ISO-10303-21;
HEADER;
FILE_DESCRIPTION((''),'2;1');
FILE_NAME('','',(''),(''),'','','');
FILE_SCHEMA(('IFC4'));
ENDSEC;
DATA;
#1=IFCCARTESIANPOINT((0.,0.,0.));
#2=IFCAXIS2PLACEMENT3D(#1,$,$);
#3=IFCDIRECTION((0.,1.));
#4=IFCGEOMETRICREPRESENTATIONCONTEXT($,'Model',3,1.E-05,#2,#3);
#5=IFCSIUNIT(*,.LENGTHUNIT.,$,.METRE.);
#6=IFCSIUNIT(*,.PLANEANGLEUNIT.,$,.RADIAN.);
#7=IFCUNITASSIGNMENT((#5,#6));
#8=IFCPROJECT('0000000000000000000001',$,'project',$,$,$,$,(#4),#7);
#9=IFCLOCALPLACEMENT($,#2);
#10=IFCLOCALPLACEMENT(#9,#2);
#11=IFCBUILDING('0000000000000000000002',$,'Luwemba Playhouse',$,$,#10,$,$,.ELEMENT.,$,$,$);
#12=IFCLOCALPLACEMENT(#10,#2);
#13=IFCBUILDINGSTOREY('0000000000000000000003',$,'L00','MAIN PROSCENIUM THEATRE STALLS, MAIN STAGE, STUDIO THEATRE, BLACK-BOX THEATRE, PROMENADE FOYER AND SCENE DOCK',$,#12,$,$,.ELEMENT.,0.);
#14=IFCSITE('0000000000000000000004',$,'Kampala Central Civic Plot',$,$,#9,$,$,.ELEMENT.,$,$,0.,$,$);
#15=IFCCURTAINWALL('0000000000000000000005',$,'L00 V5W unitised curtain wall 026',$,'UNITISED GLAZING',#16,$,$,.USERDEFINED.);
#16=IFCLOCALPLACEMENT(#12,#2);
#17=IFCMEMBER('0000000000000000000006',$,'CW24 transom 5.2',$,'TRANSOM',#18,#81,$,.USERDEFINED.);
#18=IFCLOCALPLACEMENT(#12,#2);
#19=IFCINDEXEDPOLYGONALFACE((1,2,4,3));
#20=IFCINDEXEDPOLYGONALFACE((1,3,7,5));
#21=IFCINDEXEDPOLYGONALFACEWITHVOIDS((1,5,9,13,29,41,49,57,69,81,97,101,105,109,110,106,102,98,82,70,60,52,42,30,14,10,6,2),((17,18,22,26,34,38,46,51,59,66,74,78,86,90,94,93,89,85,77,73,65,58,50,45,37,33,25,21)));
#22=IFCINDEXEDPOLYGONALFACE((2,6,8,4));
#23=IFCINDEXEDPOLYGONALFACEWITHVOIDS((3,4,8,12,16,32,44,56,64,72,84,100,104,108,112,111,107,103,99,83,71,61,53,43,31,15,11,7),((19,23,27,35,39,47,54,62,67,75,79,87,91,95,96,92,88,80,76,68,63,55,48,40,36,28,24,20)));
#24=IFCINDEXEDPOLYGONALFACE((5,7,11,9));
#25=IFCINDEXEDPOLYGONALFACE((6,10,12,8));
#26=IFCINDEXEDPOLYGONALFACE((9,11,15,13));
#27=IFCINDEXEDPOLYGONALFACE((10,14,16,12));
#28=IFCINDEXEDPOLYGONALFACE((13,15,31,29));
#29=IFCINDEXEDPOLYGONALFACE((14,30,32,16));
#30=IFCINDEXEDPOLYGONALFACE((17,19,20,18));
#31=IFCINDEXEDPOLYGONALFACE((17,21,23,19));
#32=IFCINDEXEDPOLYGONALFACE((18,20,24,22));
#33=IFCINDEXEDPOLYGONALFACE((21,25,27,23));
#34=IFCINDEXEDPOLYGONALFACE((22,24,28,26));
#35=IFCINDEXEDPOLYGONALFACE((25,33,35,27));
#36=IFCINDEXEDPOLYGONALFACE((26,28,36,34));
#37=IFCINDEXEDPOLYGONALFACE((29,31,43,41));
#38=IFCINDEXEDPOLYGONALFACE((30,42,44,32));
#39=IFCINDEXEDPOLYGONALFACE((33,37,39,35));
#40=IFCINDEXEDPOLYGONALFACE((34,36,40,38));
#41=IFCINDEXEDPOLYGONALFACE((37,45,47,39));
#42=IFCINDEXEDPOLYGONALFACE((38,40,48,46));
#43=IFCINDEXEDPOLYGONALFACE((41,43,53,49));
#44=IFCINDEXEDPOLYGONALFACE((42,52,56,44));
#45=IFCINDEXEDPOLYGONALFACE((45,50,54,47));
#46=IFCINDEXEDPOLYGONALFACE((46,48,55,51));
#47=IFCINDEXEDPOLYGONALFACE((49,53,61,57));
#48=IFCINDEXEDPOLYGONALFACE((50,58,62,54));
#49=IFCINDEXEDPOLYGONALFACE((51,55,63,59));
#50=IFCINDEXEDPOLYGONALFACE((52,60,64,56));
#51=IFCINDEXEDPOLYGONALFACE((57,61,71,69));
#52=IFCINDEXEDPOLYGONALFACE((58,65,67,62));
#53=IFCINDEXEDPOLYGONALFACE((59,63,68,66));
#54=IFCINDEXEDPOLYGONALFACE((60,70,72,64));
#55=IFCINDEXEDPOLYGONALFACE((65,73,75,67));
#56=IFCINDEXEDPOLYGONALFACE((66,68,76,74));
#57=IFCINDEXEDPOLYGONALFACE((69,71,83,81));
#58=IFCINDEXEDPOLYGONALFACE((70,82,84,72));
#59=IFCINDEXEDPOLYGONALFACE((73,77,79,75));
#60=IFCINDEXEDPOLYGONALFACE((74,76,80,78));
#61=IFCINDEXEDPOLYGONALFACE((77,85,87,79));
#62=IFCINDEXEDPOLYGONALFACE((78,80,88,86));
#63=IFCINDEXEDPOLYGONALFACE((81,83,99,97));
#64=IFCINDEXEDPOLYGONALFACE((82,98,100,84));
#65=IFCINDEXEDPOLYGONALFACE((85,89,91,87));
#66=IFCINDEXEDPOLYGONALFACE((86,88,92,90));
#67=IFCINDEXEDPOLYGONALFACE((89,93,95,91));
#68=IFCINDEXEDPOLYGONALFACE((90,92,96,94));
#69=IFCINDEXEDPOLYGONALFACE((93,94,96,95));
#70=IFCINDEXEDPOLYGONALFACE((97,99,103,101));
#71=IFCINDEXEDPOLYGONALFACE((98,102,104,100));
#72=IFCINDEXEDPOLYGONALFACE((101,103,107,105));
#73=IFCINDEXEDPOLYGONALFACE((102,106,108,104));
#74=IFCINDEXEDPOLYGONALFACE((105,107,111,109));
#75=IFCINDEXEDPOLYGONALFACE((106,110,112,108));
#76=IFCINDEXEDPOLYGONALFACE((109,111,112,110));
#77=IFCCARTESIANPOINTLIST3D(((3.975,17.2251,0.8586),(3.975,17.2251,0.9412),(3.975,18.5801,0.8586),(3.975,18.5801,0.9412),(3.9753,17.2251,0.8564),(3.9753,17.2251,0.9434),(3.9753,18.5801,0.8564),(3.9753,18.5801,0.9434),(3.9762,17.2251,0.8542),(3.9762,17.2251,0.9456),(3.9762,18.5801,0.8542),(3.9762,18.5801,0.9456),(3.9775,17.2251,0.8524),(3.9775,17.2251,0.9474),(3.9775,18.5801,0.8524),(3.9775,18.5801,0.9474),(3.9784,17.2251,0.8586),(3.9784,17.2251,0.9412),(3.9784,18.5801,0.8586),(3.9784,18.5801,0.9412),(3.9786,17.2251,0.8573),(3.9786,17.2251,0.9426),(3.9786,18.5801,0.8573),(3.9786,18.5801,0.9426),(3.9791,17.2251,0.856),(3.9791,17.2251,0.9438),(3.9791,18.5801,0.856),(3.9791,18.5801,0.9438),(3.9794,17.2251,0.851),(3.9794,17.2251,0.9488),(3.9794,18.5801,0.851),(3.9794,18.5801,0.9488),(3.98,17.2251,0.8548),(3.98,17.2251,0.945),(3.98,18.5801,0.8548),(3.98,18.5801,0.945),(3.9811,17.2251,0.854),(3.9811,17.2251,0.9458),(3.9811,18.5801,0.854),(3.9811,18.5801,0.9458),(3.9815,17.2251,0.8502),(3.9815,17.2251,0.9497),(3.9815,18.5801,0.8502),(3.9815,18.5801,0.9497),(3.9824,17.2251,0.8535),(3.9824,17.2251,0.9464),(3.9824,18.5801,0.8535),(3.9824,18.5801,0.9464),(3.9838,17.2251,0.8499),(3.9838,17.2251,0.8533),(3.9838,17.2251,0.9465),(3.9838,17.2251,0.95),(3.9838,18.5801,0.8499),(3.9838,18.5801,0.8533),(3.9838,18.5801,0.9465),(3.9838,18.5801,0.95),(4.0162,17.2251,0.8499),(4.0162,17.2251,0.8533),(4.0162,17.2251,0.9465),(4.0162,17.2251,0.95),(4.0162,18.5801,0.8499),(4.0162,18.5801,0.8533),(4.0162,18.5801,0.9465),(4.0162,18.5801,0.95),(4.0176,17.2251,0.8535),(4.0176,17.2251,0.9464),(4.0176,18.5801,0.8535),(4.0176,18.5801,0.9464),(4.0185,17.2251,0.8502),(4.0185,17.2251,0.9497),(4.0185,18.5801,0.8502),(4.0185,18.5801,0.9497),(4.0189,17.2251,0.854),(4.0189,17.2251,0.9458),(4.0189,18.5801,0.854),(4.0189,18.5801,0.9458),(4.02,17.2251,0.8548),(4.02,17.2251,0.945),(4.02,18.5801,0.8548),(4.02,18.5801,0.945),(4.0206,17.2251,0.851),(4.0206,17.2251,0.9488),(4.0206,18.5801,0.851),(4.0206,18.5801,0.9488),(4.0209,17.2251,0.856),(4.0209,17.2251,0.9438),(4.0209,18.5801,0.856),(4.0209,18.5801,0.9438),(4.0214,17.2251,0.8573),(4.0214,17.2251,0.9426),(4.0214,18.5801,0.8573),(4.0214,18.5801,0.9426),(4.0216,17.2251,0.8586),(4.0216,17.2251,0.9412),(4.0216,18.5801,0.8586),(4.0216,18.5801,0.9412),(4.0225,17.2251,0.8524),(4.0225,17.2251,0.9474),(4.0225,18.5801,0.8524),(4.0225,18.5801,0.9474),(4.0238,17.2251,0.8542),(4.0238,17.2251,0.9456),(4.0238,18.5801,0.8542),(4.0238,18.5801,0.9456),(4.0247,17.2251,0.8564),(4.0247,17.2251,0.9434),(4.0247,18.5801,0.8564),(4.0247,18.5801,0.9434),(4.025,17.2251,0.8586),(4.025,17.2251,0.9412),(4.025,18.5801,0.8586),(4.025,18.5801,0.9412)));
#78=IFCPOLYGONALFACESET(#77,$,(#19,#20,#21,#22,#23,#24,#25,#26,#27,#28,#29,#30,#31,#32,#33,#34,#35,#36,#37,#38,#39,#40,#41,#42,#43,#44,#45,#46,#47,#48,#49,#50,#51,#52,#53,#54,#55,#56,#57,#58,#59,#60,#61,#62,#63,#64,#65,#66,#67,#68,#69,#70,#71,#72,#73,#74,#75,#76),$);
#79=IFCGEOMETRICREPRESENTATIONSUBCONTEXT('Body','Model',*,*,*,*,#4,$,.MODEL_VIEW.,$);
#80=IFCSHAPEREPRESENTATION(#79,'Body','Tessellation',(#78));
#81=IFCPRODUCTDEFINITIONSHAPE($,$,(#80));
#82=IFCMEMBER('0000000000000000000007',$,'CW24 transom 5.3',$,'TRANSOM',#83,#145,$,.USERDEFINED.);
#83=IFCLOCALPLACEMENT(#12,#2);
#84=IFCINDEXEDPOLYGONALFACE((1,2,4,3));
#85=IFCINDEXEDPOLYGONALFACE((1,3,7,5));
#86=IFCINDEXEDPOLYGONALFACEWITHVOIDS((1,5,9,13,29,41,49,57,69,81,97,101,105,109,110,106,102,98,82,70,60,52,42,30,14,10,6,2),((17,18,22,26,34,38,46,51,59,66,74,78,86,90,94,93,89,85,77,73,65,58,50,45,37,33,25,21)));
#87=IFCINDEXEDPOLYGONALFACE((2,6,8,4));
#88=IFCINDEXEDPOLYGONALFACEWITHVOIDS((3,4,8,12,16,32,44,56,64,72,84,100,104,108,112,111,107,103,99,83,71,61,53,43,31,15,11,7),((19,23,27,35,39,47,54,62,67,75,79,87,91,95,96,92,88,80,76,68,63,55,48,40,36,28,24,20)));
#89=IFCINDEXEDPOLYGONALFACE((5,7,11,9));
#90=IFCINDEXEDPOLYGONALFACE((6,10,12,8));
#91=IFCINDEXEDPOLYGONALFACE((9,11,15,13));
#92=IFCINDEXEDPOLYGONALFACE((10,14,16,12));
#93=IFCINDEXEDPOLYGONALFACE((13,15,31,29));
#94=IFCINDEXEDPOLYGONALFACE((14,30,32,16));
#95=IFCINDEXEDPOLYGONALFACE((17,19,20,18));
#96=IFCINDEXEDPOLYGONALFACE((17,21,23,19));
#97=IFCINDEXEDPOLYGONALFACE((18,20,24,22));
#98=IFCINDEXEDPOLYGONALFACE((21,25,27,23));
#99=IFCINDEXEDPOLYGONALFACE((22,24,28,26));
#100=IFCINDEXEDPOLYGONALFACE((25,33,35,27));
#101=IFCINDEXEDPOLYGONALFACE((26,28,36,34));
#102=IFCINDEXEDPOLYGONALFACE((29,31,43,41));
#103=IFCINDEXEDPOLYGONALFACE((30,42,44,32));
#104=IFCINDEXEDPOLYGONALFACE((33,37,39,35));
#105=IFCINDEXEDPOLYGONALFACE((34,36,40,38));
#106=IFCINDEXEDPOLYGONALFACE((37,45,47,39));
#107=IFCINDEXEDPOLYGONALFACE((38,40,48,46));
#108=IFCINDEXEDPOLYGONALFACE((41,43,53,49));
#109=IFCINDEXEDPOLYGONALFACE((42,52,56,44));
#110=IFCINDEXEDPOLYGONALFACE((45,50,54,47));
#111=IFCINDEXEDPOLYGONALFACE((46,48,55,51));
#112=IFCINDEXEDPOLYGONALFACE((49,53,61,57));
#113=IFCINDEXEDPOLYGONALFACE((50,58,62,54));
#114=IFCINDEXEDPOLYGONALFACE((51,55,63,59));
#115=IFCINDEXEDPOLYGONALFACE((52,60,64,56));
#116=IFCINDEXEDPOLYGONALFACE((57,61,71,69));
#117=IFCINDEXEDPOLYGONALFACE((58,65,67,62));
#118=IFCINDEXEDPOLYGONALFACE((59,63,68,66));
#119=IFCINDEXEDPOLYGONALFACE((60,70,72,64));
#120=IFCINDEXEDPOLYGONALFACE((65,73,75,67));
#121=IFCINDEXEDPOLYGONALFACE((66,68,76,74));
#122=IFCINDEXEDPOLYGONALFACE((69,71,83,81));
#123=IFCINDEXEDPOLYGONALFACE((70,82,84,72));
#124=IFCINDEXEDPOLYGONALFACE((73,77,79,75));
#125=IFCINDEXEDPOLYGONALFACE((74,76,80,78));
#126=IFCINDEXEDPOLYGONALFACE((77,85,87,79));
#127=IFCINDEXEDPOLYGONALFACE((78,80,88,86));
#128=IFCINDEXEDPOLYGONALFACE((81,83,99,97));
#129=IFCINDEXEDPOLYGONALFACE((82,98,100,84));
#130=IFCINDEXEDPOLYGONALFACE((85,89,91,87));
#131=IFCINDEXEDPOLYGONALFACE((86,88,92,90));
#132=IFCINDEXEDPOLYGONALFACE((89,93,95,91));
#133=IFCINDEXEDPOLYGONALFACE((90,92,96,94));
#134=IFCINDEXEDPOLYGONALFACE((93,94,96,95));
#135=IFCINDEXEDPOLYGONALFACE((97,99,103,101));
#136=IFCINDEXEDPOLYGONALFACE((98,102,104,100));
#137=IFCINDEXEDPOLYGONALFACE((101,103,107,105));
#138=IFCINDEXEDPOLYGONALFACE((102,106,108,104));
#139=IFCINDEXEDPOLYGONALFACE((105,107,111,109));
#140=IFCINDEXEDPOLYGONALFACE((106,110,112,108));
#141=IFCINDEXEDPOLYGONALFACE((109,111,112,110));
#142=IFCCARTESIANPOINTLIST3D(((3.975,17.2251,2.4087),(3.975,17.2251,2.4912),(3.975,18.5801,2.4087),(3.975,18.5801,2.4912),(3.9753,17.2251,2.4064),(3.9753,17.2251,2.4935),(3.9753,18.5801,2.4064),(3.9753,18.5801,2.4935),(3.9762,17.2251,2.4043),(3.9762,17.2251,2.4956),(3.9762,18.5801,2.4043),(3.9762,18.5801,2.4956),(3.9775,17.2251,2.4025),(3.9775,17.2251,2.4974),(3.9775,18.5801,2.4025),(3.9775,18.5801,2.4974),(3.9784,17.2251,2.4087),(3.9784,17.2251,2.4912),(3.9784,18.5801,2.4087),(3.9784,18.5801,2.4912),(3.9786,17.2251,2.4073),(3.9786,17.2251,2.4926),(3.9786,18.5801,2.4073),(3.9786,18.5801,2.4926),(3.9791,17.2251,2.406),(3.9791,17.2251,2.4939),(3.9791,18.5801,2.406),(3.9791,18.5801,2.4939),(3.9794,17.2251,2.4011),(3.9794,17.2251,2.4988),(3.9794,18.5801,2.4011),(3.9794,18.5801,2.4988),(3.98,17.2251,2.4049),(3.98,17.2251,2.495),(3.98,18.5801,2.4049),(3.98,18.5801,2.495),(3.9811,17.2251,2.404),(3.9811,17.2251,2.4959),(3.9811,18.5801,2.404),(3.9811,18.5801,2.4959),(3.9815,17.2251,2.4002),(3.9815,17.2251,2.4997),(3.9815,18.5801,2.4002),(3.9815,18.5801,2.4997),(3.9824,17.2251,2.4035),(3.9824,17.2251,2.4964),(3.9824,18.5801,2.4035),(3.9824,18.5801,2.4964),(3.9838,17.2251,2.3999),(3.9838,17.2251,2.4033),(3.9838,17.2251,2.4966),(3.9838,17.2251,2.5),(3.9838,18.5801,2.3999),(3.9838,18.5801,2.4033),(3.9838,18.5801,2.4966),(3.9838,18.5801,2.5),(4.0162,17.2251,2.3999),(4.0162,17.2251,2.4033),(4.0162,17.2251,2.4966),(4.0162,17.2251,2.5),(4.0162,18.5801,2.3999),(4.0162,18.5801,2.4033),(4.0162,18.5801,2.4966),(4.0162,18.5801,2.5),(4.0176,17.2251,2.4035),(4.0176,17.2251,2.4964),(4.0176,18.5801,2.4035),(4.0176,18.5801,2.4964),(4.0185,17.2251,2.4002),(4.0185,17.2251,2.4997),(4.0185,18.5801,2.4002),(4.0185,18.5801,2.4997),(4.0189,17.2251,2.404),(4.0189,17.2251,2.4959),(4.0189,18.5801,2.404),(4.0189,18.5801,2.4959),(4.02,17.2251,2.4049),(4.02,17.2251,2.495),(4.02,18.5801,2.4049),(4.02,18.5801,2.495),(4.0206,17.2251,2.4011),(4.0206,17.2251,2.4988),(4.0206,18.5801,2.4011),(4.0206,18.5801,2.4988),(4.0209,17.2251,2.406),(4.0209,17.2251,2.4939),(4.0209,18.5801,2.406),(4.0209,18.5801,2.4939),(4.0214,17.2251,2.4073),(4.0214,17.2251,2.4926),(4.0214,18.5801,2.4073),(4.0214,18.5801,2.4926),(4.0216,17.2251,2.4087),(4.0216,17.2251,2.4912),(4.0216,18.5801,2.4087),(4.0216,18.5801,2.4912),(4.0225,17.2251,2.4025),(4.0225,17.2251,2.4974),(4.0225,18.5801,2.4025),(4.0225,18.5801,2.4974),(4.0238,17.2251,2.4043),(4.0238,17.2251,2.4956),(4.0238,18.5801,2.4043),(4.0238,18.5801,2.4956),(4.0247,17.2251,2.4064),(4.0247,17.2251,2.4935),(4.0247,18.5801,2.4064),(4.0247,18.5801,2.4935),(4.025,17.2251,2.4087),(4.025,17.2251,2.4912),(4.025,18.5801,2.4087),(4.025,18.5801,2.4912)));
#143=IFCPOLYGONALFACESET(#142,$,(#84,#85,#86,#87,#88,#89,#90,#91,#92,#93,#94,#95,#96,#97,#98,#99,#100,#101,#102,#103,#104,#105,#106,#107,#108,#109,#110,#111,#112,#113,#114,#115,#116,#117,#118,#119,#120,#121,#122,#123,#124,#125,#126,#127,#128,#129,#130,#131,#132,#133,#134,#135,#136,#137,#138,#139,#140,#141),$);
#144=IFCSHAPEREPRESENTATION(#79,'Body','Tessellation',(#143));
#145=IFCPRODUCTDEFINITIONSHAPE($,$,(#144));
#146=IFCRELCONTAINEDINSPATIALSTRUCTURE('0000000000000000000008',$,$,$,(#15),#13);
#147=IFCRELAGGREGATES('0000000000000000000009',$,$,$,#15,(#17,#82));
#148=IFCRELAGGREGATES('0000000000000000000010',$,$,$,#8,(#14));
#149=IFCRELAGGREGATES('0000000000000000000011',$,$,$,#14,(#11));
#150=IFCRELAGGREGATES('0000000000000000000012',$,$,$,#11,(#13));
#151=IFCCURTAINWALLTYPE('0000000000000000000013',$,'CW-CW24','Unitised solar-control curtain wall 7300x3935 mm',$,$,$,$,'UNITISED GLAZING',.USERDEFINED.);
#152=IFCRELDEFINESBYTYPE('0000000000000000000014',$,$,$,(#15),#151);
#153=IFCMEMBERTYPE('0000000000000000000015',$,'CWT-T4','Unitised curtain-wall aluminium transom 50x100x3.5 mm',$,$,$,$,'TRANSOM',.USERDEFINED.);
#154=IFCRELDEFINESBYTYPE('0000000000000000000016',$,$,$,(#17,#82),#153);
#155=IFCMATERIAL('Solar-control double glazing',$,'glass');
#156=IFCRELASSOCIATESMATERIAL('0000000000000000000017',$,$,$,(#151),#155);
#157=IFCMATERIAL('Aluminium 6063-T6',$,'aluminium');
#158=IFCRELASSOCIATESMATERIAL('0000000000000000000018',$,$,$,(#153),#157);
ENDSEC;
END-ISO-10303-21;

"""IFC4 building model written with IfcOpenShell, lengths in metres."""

from ifc_helpers import new_model, si_unit, direction, frame, origin, origin_2d, place, context, subcontext, project, spatial, hollow_rectangle, extrude, material, material_profile, profile_set, type_object, element, aggregate, save


model = new_model("IFC4")

# Units and contexts
model_context = context("Model", 3, precision=1e-05, world=origin(), true_north=direction((0.0, 1.0)))
body_context = subcontext(model_context, "Body", "Model", "MODEL_VIEW")
ifc_project = project(units=[si_unit("LENGTHUNIT", "METRE"), si_unit("PLANEANGLEUNIT", "RADIAN")], contexts=[model_context])

# Site, building, storey
site_placement = place(None, origin())
site = spatial("IfcSite", under=ifc_project, at=site_placement, Name="Kampala Central Civic Plot", CompositionType="ELEMENT", RefElevation=0.0)
building_placement = place(site_placement, origin())
building = spatial("IfcBuilding", under=site, at=building_placement, Name="Luwemba Playhouse", CompositionType="ELEMENT")
storey_placement = place(building_placement, origin())
storey = spatial("IfcBuildingStorey", under=building, at=storey_placement, Name="L00", Description="MAIN PROSCENIUM THEATRE STALLS, MAIN STAGE, STUDIO THEATRE, BLACK-BOX THEATRE, PROMENADE FOYER AND SCENE DOCK", CompositionType="ELEMENT", Elevation=0.0)

# Curtain wall, members
ifc_material_1 = material(Name="Solar-control double glazing", Category="glass")
curtain_wall_type = type_object("IfcCurtainWallType", Name="CW-CW24", Description="Unitised solar-control curtain wall 7300x3935 mm", ElementType="UNITISED GLAZING", PredefinedType="USERDEFINED", material=ifc_material_1)
curtain_wall_placement = place(storey_placement, origin())
curtain_wall = element("IfcCurtainWall", 1, at=curtain_wall_placement, inside=storey, type_object=curtain_wall_type, Name="L00 V5W unitised curtain wall 026", ObjectType="UNITISED GLAZING", PredefinedType="USERDEFINED")
ifc_material_2 = material(Name="Aluminium 6063-T6", Category="aluminium")
ifc_material_profile_1 = material_profile(ifc_material_2, hollow_rectangle(XDim=0.05, YDim=0.1001, WallThickness=0.0034, InnerFilletRadius=0.0054, OuterFilletRadius=0.0088, at=origin_2d()))
ifc_profile_set_1 = profile_set([ifc_material_profile_1], Name="Aluminium 6063-T6")
member_type_1 = type_object("IfcMemberType", Name="CWT-T4", Description="Unitised curtain-wall aluminium transom 50x100x3.5 mm", ElementType="TRANSOM", PredefinedType="USERDEFINED", material=ifc_profile_set_1)
member_1_placement = place(storey_placement, frame((4.0, 17.2251, 0.8999), z_axis=(0.0, 1.0, 0.0), x_axis=(-1.0, 0.0, 0.0)))
member_1 = element("IfcMember", 2, at=member_1_placement, type_object=member_type_1, Name="CW24 transom 5.2", ObjectType="TRANSOM", PredefinedType="USERDEFINED", context=body_context, shape_type="SweptSolid", body=[
    extrude(hollow_rectangle(XDim=0.05, YDim=0.1001, WallThickness=0.0034, InnerFilletRadius=0.0054, OuterFilletRadius=0.0088, at=origin_2d()), origin(), (0.0, 0.0, 1.0), 1.355),
])
member_2_placement = place(storey_placement, frame((4.0, 17.2251, 2.45), z_axis=(0.0, 1.0, 0.0), x_axis=(-1.0, 0.0, 0.0)))
member_2 = element("IfcMember", 3, at=member_2_placement, type_object=member_type_1, Name="CW24 transom 5.3", ObjectType="TRANSOM", PredefinedType="USERDEFINED", context=body_context, shape_type="SweptSolid", body=[
    extrude(hollow_rectangle(XDim=0.05, YDim=0.1001, WallThickness=0.0034, InnerFilletRadius=0.0054, OuterFilletRadius=0.0088, at=origin_2d()), origin(), (0.0, 0.0, 1.0), 1.355),
])
aggregate(curtain_wall, [member_1, member_2])

save(model, "model.ifc")
